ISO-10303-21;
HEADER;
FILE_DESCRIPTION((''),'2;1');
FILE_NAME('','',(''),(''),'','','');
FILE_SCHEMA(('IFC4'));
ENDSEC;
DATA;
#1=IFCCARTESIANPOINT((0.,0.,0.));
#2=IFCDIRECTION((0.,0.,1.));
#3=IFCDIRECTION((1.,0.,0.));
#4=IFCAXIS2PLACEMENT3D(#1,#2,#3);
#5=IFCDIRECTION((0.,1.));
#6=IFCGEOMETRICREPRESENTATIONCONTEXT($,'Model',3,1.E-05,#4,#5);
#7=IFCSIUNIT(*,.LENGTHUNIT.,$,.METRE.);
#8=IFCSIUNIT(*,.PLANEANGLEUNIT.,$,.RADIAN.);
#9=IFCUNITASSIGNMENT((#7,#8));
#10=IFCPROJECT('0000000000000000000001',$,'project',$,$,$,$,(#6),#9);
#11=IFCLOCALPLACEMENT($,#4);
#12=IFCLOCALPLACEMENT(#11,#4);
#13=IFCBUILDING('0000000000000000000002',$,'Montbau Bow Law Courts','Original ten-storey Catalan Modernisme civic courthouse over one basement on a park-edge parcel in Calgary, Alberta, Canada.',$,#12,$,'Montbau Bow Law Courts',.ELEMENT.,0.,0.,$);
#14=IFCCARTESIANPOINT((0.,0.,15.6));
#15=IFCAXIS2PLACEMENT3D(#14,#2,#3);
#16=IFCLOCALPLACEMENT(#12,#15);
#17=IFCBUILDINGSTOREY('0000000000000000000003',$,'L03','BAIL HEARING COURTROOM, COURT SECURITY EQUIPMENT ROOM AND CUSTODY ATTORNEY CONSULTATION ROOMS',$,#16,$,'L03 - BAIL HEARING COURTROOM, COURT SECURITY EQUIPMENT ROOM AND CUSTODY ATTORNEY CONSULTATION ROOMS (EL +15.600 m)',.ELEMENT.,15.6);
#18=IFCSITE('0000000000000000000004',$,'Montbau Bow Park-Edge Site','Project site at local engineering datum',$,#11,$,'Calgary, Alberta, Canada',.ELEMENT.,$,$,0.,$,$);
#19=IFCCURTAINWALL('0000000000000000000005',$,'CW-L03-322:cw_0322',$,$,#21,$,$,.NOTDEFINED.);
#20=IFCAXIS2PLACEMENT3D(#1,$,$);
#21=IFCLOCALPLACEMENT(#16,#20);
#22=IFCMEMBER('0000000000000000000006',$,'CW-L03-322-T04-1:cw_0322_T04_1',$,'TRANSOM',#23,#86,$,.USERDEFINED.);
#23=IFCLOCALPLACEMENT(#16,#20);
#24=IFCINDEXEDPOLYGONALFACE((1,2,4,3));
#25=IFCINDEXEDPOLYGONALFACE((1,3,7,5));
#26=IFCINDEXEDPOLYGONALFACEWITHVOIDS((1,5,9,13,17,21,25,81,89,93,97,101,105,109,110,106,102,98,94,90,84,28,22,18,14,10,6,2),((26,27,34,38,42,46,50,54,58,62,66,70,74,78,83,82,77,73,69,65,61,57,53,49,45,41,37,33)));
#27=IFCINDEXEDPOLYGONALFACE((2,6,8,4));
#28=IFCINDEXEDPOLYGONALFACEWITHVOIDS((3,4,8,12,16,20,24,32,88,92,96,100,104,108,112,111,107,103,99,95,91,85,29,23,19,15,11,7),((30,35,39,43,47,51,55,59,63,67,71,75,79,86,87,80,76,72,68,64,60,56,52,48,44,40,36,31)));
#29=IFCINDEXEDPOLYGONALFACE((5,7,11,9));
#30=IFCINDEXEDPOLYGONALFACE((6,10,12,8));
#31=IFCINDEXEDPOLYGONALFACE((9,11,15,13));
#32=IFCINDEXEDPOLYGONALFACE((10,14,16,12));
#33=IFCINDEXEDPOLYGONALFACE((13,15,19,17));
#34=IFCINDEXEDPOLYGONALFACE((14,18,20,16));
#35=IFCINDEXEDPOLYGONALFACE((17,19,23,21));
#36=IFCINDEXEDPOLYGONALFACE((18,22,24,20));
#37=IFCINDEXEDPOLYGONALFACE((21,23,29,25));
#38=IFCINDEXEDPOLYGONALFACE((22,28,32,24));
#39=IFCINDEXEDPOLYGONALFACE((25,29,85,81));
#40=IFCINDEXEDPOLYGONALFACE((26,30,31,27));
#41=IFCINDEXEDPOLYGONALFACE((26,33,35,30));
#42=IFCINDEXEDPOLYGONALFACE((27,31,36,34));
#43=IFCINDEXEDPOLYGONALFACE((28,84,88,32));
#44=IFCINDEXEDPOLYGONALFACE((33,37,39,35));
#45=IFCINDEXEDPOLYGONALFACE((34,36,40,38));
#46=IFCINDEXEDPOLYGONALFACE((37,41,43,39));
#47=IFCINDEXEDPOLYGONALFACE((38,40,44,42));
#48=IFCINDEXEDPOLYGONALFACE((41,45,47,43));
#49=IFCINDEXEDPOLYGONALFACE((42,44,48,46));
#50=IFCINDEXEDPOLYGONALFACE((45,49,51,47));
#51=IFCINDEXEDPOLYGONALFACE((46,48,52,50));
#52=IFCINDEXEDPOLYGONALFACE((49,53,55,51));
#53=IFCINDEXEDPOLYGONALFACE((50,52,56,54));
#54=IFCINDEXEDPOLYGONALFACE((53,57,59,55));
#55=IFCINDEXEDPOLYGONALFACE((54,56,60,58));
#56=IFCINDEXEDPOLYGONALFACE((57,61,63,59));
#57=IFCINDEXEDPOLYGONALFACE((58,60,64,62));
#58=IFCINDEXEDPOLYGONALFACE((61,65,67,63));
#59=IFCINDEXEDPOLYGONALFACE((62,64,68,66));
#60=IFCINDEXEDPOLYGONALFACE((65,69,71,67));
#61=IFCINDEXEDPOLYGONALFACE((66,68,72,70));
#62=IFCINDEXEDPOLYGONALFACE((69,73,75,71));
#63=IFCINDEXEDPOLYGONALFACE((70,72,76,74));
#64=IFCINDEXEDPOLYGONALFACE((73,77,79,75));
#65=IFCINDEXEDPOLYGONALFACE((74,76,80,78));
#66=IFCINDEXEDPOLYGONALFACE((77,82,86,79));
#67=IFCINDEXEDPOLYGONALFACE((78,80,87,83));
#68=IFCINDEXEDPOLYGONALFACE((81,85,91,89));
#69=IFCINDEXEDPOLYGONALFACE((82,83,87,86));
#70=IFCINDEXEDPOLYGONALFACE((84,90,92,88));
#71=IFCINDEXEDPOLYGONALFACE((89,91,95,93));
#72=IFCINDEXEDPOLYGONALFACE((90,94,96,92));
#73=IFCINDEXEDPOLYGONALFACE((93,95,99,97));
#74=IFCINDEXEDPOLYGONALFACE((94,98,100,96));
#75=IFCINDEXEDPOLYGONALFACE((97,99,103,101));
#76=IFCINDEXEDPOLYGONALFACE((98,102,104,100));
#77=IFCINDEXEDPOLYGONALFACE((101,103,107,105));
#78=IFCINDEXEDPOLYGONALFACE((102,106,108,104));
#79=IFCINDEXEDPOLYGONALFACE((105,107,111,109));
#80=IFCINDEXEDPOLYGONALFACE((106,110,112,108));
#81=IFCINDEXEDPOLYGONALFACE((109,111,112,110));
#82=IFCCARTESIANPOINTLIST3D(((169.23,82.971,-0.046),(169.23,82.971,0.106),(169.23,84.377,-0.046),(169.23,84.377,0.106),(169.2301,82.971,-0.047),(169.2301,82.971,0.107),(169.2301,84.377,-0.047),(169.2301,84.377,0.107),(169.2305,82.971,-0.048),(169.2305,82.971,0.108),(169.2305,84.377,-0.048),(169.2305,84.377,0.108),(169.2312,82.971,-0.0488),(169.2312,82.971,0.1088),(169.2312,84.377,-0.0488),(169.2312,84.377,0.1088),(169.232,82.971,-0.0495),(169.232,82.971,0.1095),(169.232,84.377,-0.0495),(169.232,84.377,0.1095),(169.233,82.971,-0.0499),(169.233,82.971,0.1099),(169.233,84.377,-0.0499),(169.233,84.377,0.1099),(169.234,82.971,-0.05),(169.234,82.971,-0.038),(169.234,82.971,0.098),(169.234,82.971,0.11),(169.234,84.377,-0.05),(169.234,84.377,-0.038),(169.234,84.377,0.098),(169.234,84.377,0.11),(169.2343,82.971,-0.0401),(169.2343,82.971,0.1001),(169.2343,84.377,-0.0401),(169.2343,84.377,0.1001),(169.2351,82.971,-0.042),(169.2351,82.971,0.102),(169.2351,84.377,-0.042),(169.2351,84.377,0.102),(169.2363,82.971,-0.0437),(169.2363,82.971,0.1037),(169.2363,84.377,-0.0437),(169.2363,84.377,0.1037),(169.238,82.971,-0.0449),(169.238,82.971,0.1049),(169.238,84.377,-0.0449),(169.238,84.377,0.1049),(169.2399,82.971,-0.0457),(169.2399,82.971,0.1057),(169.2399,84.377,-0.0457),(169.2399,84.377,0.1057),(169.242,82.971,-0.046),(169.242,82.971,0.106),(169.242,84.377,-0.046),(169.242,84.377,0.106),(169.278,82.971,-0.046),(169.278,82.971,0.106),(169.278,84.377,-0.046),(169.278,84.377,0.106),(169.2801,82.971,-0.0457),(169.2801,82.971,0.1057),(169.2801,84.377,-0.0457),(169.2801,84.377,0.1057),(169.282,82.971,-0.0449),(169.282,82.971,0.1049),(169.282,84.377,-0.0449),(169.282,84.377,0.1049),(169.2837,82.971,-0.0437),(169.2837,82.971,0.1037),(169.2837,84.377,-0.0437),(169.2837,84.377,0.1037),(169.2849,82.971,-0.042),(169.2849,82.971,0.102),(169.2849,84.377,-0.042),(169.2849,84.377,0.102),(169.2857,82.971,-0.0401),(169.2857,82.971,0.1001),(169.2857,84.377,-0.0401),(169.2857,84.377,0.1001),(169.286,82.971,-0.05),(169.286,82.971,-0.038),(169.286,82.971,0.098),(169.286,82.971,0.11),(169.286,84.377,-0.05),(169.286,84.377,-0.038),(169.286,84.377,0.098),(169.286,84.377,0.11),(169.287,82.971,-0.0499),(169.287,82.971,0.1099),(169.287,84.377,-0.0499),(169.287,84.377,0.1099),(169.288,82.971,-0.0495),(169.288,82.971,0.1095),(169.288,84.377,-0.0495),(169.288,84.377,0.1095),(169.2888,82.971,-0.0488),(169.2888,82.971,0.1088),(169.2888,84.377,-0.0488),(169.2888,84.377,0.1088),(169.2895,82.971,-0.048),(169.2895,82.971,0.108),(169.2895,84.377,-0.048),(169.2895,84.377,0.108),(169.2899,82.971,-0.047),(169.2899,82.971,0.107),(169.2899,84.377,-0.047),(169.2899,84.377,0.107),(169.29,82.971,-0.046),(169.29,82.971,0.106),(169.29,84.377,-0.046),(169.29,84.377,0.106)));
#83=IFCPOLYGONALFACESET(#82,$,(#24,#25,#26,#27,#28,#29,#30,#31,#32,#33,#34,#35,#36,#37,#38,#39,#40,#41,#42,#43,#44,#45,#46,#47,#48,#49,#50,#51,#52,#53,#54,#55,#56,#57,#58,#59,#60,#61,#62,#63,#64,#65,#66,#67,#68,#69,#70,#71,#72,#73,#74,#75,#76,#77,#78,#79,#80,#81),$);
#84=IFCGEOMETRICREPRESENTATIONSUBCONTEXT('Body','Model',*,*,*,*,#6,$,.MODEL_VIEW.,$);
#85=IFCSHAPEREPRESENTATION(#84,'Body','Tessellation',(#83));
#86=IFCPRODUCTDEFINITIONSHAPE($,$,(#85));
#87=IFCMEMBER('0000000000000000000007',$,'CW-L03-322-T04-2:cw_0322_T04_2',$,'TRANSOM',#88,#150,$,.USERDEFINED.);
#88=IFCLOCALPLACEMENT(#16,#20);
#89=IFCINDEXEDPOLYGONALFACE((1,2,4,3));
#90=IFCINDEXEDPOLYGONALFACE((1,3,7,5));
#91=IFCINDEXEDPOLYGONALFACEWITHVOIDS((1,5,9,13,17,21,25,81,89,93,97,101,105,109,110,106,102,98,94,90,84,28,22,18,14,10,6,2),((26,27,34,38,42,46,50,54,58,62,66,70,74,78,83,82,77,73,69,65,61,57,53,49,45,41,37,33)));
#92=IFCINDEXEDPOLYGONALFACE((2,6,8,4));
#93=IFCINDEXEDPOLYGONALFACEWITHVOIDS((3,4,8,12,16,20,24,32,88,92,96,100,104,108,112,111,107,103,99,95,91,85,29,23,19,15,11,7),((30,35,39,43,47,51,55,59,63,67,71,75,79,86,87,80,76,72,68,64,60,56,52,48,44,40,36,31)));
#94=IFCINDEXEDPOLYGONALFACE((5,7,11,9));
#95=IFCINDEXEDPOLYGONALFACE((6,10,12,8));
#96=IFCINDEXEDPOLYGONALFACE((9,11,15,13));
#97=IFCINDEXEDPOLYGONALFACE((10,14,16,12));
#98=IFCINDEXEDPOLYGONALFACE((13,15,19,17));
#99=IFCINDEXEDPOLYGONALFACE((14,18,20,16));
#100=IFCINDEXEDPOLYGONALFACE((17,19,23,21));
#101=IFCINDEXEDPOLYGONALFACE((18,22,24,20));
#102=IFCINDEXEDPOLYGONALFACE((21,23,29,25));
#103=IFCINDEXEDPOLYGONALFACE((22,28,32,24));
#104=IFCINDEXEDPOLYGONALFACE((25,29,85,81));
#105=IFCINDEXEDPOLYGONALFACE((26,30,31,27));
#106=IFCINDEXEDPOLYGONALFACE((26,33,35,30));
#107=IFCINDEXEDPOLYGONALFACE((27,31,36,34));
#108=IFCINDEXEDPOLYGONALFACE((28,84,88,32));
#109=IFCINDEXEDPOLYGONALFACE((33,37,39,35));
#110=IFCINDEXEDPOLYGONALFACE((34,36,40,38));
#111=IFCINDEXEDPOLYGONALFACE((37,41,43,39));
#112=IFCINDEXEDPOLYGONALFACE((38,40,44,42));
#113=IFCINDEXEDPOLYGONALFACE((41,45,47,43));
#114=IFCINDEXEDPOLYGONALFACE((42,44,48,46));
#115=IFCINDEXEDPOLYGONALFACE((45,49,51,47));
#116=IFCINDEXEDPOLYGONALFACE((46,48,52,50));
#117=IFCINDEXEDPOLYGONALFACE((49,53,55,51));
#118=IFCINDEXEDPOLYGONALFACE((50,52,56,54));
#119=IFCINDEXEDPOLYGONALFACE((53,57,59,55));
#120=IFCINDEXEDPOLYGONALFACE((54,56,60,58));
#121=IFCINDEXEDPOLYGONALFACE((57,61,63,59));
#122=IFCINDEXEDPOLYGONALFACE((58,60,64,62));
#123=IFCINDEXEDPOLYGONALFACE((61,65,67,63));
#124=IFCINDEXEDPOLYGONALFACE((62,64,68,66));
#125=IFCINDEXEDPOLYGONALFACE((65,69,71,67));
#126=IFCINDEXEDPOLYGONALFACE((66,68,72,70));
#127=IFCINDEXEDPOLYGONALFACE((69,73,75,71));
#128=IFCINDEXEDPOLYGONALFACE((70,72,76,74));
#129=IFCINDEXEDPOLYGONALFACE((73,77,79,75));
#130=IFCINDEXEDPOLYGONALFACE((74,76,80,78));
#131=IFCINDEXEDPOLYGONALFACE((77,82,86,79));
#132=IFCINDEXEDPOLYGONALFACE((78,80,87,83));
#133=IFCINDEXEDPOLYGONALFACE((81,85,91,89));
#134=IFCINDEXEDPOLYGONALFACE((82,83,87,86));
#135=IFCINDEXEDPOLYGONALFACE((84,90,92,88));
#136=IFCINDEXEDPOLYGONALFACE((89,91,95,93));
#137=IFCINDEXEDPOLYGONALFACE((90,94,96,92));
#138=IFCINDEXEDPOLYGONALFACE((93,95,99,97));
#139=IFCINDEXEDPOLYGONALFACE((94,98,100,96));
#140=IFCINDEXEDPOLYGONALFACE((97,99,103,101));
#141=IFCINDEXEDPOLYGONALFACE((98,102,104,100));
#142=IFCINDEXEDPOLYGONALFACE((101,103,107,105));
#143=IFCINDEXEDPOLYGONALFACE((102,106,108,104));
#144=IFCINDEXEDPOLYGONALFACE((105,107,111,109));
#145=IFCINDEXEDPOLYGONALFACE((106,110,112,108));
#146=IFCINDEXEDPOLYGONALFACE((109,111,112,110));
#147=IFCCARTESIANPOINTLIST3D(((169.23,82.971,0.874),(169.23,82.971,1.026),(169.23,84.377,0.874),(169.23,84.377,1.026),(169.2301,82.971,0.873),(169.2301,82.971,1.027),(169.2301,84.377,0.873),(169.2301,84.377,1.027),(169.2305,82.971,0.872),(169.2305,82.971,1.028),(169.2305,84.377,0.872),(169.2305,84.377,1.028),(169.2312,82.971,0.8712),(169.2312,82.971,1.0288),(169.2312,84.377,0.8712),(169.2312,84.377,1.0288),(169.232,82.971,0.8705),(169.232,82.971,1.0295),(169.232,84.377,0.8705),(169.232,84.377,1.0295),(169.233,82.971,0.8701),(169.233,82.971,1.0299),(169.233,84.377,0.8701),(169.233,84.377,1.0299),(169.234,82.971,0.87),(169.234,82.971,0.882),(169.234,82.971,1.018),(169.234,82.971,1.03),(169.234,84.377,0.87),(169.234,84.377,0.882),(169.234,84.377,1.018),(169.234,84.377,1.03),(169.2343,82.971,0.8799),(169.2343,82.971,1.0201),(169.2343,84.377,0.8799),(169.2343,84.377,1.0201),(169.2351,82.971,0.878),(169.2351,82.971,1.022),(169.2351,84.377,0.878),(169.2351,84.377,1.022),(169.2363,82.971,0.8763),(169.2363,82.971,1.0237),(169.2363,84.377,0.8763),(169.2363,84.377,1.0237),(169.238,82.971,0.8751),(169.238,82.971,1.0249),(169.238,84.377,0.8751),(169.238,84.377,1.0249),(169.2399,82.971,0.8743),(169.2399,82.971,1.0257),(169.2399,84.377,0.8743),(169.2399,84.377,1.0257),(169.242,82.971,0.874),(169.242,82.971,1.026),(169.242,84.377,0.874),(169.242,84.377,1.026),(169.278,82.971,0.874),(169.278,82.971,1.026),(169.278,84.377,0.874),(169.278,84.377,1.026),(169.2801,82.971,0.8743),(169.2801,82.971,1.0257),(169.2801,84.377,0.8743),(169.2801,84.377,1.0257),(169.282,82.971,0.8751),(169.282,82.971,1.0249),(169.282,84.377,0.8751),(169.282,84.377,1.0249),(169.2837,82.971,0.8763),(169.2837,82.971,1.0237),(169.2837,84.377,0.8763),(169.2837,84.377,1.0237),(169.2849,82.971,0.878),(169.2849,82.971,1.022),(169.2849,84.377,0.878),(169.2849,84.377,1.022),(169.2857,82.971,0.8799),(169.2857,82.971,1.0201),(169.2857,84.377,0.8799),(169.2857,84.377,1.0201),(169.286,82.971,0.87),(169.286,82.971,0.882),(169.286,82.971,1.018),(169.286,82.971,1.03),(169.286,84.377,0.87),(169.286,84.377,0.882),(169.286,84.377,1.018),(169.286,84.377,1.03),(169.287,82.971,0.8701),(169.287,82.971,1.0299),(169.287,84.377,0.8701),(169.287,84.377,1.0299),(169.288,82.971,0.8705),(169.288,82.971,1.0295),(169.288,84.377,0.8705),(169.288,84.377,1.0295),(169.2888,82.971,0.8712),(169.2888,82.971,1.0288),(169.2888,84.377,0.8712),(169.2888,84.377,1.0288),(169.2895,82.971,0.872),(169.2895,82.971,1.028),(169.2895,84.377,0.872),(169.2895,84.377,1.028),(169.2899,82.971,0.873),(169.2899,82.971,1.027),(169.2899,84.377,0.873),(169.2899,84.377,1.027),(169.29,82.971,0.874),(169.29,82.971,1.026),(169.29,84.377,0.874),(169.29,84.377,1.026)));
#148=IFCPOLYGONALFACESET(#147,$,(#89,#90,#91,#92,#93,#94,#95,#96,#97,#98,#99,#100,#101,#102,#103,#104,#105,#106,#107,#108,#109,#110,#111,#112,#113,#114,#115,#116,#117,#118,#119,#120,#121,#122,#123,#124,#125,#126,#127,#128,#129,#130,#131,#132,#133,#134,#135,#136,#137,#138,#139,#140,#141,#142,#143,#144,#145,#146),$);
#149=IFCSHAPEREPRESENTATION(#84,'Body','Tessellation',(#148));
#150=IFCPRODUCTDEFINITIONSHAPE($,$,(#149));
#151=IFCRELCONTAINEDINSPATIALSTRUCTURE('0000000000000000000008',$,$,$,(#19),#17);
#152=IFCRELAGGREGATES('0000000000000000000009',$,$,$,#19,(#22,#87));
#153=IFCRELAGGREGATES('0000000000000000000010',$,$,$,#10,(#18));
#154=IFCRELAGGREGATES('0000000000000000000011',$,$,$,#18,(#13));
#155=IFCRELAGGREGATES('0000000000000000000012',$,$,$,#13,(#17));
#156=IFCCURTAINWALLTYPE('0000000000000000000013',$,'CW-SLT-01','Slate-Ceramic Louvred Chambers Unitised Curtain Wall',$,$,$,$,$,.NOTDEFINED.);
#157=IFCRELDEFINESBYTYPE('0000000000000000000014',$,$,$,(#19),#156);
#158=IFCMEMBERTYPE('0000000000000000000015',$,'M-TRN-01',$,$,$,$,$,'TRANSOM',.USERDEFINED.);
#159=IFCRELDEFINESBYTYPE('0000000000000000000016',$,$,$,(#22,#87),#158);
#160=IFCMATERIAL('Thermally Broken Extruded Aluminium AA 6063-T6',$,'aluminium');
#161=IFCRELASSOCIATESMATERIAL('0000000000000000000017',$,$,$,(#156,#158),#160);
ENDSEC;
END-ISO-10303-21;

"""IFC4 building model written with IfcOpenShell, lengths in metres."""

from ifc_helpers import new_model, si_unit, direction, frame, origin_with_axes, origin_2d_with_axis, place, context, subcontext, project, spatial, hollow_rectangle, extrude, material, material_profile, profile_set, type_object, element, aggregate, save


model = new_model("IFC4")

# Units and contexts
model_context = context("Model", 3, precision=1e-05, world=origin_with_axes(), true_north=direction((0.0, 1.0)))
body_context = subcontext(model_context, "Body", "Model", "MODEL_VIEW")
ifc_project = project(units=[si_unit("LENGTHUNIT", "METRE"), si_unit("PLANEANGLEUNIT", "RADIAN")], contexts=[model_context])

# Site, building, storey
site_placement = place(None, origin_with_axes())
site = spatial("IfcSite", under=ifc_project, at=site_placement, Name="Montbau Bow Park-Edge Site", Description="Project site at local engineering datum", LongName="Calgary, Alberta, Canada", CompositionType="ELEMENT", RefElevation=0.0)
building_placement = place(site_placement, origin_with_axes())
building = spatial("IfcBuilding", under=site, at=building_placement, Name="Montbau Bow Law Courts", Description="Original ten-storey Catalan Modernisme civic courthouse over one basement on a park-edge parcel in Calgary, Alberta, Canada.", LongName="Montbau Bow Law Courts", CompositionType="ELEMENT", ElevationOfRefHeight=0.0, ElevationOfTerrain=0.0)
storey_placement = place(building_placement, frame((0.0, 0.0, 15.6), z_axis=(0.0, 0.0, 1.0), x_axis=(1.0, 0.0, 0.0)))
storey = spatial("IfcBuildingStorey", under=building, at=storey_placement, Name="L03", Description="BAIL HEARING COURTROOM, COURT SECURITY EQUIPMENT ROOM AND CUSTODY ATTORNEY CONSULTATION ROOMS", LongName="L03 - BAIL HEARING COURTROOM, COURT SECURITY EQUIPMENT ROOM AND CUSTODY ATTORNEY CONSULTATION ROOMS (EL +15.600 m)", CompositionType="ELEMENT", Elevation=15.6)

# Curtain wall, members
ifc_material_1 = material(Name="Thermally Broken Extruded Aluminium AA 6063-T6", Category="aluminium")
curtain_wall_type = type_object("IfcCurtainWallType", Name="CW-SLT-01", Description="Slate-Ceramic Louvred Chambers Unitised Curtain Wall", PredefinedType="NOTDEFINED", material=ifc_material_1)
curtain_wall_placement = place(None, frame((169.26, 78.515, 15.6), z_axis=(0.0, 0.0, 1.0), x_axis=(1.0, 0.0, 0.0)))
curtain_wall = element("IfcCurtainWall", 1, at=curtain_wall_placement, inside=storey, type_object=curtain_wall_type, Name="CW-L03-322:cw_0322", PredefinedType="NOTDEFINED")
ifc_material_profile_1 = material_profile(ifc_material_1, hollow_rectangle(XDim=0.06, YDim=0.16, WallThickness=0.004, InnerFilletRadius=0.008, OuterFilletRadius=0.004, at=origin_2d_with_axis()), Name="CWT-160X60", Category="Main", Priority=0)
ifc_profile_set_1 = profile_set([ifc_material_profile_1], Name="Thermally Broken Extruded Aluminium AA 6063-T6")
member_type_1 = type_object("IfcMemberType", Name="M-TRN-01", ElementType="TRANSOM", PredefinedType="USERDEFINED", material=ifc_profile_set_1)
member_1_placement = place(None, frame((169.26, 82.971, 15.63), z_axis=(0.0, 1.0, 0.0), x_axis=(-1.0, 0.0, 0.0)))
member_1 = element("IfcMember", 2, at=member_1_placement, type_object=member_type_1, Name="CW-L03-322-T04-1:cw_0322_T04_1", ObjectType="TRANSOM", PredefinedType="USERDEFINED", context=body_context, shape_type="SweptSolid", body=[
    extrude(hollow_rectangle(XDim=0.06, YDim=0.16, WallThickness=0.004, InnerFilletRadius=0.008, OuterFilletRadius=0.004, at=origin_2d_with_axis()), origin_with_axes(), (0.0, 0.0, 1.0), 1.406),
])
member_2_placement = place(None, frame((169.26, 82.971, 16.55), z_axis=(0.0, 1.0, 0.0), x_axis=(-1.0, 0.0, 0.0)))
member_2 = element("IfcMember", 3, at=member_2_placement, type_object=member_type_1, Name="CW-L03-322-T04-2:cw_0322_T04_2", ObjectType="TRANSOM", PredefinedType="USERDEFINED", context=body_context, shape_type="SweptSolid", body=[
    extrude(hollow_rectangle(XDim=0.06, YDim=0.16, WallThickness=0.004, InnerFilletRadius=0.008, OuterFilletRadius=0.004, at=origin_2d_with_axis()), origin_with_axes(), (0.0, 0.0, 1.0), 1.406),
])
aggregate(curtain_wall, [member_1, member_2])

save(model, "model.ifc")
